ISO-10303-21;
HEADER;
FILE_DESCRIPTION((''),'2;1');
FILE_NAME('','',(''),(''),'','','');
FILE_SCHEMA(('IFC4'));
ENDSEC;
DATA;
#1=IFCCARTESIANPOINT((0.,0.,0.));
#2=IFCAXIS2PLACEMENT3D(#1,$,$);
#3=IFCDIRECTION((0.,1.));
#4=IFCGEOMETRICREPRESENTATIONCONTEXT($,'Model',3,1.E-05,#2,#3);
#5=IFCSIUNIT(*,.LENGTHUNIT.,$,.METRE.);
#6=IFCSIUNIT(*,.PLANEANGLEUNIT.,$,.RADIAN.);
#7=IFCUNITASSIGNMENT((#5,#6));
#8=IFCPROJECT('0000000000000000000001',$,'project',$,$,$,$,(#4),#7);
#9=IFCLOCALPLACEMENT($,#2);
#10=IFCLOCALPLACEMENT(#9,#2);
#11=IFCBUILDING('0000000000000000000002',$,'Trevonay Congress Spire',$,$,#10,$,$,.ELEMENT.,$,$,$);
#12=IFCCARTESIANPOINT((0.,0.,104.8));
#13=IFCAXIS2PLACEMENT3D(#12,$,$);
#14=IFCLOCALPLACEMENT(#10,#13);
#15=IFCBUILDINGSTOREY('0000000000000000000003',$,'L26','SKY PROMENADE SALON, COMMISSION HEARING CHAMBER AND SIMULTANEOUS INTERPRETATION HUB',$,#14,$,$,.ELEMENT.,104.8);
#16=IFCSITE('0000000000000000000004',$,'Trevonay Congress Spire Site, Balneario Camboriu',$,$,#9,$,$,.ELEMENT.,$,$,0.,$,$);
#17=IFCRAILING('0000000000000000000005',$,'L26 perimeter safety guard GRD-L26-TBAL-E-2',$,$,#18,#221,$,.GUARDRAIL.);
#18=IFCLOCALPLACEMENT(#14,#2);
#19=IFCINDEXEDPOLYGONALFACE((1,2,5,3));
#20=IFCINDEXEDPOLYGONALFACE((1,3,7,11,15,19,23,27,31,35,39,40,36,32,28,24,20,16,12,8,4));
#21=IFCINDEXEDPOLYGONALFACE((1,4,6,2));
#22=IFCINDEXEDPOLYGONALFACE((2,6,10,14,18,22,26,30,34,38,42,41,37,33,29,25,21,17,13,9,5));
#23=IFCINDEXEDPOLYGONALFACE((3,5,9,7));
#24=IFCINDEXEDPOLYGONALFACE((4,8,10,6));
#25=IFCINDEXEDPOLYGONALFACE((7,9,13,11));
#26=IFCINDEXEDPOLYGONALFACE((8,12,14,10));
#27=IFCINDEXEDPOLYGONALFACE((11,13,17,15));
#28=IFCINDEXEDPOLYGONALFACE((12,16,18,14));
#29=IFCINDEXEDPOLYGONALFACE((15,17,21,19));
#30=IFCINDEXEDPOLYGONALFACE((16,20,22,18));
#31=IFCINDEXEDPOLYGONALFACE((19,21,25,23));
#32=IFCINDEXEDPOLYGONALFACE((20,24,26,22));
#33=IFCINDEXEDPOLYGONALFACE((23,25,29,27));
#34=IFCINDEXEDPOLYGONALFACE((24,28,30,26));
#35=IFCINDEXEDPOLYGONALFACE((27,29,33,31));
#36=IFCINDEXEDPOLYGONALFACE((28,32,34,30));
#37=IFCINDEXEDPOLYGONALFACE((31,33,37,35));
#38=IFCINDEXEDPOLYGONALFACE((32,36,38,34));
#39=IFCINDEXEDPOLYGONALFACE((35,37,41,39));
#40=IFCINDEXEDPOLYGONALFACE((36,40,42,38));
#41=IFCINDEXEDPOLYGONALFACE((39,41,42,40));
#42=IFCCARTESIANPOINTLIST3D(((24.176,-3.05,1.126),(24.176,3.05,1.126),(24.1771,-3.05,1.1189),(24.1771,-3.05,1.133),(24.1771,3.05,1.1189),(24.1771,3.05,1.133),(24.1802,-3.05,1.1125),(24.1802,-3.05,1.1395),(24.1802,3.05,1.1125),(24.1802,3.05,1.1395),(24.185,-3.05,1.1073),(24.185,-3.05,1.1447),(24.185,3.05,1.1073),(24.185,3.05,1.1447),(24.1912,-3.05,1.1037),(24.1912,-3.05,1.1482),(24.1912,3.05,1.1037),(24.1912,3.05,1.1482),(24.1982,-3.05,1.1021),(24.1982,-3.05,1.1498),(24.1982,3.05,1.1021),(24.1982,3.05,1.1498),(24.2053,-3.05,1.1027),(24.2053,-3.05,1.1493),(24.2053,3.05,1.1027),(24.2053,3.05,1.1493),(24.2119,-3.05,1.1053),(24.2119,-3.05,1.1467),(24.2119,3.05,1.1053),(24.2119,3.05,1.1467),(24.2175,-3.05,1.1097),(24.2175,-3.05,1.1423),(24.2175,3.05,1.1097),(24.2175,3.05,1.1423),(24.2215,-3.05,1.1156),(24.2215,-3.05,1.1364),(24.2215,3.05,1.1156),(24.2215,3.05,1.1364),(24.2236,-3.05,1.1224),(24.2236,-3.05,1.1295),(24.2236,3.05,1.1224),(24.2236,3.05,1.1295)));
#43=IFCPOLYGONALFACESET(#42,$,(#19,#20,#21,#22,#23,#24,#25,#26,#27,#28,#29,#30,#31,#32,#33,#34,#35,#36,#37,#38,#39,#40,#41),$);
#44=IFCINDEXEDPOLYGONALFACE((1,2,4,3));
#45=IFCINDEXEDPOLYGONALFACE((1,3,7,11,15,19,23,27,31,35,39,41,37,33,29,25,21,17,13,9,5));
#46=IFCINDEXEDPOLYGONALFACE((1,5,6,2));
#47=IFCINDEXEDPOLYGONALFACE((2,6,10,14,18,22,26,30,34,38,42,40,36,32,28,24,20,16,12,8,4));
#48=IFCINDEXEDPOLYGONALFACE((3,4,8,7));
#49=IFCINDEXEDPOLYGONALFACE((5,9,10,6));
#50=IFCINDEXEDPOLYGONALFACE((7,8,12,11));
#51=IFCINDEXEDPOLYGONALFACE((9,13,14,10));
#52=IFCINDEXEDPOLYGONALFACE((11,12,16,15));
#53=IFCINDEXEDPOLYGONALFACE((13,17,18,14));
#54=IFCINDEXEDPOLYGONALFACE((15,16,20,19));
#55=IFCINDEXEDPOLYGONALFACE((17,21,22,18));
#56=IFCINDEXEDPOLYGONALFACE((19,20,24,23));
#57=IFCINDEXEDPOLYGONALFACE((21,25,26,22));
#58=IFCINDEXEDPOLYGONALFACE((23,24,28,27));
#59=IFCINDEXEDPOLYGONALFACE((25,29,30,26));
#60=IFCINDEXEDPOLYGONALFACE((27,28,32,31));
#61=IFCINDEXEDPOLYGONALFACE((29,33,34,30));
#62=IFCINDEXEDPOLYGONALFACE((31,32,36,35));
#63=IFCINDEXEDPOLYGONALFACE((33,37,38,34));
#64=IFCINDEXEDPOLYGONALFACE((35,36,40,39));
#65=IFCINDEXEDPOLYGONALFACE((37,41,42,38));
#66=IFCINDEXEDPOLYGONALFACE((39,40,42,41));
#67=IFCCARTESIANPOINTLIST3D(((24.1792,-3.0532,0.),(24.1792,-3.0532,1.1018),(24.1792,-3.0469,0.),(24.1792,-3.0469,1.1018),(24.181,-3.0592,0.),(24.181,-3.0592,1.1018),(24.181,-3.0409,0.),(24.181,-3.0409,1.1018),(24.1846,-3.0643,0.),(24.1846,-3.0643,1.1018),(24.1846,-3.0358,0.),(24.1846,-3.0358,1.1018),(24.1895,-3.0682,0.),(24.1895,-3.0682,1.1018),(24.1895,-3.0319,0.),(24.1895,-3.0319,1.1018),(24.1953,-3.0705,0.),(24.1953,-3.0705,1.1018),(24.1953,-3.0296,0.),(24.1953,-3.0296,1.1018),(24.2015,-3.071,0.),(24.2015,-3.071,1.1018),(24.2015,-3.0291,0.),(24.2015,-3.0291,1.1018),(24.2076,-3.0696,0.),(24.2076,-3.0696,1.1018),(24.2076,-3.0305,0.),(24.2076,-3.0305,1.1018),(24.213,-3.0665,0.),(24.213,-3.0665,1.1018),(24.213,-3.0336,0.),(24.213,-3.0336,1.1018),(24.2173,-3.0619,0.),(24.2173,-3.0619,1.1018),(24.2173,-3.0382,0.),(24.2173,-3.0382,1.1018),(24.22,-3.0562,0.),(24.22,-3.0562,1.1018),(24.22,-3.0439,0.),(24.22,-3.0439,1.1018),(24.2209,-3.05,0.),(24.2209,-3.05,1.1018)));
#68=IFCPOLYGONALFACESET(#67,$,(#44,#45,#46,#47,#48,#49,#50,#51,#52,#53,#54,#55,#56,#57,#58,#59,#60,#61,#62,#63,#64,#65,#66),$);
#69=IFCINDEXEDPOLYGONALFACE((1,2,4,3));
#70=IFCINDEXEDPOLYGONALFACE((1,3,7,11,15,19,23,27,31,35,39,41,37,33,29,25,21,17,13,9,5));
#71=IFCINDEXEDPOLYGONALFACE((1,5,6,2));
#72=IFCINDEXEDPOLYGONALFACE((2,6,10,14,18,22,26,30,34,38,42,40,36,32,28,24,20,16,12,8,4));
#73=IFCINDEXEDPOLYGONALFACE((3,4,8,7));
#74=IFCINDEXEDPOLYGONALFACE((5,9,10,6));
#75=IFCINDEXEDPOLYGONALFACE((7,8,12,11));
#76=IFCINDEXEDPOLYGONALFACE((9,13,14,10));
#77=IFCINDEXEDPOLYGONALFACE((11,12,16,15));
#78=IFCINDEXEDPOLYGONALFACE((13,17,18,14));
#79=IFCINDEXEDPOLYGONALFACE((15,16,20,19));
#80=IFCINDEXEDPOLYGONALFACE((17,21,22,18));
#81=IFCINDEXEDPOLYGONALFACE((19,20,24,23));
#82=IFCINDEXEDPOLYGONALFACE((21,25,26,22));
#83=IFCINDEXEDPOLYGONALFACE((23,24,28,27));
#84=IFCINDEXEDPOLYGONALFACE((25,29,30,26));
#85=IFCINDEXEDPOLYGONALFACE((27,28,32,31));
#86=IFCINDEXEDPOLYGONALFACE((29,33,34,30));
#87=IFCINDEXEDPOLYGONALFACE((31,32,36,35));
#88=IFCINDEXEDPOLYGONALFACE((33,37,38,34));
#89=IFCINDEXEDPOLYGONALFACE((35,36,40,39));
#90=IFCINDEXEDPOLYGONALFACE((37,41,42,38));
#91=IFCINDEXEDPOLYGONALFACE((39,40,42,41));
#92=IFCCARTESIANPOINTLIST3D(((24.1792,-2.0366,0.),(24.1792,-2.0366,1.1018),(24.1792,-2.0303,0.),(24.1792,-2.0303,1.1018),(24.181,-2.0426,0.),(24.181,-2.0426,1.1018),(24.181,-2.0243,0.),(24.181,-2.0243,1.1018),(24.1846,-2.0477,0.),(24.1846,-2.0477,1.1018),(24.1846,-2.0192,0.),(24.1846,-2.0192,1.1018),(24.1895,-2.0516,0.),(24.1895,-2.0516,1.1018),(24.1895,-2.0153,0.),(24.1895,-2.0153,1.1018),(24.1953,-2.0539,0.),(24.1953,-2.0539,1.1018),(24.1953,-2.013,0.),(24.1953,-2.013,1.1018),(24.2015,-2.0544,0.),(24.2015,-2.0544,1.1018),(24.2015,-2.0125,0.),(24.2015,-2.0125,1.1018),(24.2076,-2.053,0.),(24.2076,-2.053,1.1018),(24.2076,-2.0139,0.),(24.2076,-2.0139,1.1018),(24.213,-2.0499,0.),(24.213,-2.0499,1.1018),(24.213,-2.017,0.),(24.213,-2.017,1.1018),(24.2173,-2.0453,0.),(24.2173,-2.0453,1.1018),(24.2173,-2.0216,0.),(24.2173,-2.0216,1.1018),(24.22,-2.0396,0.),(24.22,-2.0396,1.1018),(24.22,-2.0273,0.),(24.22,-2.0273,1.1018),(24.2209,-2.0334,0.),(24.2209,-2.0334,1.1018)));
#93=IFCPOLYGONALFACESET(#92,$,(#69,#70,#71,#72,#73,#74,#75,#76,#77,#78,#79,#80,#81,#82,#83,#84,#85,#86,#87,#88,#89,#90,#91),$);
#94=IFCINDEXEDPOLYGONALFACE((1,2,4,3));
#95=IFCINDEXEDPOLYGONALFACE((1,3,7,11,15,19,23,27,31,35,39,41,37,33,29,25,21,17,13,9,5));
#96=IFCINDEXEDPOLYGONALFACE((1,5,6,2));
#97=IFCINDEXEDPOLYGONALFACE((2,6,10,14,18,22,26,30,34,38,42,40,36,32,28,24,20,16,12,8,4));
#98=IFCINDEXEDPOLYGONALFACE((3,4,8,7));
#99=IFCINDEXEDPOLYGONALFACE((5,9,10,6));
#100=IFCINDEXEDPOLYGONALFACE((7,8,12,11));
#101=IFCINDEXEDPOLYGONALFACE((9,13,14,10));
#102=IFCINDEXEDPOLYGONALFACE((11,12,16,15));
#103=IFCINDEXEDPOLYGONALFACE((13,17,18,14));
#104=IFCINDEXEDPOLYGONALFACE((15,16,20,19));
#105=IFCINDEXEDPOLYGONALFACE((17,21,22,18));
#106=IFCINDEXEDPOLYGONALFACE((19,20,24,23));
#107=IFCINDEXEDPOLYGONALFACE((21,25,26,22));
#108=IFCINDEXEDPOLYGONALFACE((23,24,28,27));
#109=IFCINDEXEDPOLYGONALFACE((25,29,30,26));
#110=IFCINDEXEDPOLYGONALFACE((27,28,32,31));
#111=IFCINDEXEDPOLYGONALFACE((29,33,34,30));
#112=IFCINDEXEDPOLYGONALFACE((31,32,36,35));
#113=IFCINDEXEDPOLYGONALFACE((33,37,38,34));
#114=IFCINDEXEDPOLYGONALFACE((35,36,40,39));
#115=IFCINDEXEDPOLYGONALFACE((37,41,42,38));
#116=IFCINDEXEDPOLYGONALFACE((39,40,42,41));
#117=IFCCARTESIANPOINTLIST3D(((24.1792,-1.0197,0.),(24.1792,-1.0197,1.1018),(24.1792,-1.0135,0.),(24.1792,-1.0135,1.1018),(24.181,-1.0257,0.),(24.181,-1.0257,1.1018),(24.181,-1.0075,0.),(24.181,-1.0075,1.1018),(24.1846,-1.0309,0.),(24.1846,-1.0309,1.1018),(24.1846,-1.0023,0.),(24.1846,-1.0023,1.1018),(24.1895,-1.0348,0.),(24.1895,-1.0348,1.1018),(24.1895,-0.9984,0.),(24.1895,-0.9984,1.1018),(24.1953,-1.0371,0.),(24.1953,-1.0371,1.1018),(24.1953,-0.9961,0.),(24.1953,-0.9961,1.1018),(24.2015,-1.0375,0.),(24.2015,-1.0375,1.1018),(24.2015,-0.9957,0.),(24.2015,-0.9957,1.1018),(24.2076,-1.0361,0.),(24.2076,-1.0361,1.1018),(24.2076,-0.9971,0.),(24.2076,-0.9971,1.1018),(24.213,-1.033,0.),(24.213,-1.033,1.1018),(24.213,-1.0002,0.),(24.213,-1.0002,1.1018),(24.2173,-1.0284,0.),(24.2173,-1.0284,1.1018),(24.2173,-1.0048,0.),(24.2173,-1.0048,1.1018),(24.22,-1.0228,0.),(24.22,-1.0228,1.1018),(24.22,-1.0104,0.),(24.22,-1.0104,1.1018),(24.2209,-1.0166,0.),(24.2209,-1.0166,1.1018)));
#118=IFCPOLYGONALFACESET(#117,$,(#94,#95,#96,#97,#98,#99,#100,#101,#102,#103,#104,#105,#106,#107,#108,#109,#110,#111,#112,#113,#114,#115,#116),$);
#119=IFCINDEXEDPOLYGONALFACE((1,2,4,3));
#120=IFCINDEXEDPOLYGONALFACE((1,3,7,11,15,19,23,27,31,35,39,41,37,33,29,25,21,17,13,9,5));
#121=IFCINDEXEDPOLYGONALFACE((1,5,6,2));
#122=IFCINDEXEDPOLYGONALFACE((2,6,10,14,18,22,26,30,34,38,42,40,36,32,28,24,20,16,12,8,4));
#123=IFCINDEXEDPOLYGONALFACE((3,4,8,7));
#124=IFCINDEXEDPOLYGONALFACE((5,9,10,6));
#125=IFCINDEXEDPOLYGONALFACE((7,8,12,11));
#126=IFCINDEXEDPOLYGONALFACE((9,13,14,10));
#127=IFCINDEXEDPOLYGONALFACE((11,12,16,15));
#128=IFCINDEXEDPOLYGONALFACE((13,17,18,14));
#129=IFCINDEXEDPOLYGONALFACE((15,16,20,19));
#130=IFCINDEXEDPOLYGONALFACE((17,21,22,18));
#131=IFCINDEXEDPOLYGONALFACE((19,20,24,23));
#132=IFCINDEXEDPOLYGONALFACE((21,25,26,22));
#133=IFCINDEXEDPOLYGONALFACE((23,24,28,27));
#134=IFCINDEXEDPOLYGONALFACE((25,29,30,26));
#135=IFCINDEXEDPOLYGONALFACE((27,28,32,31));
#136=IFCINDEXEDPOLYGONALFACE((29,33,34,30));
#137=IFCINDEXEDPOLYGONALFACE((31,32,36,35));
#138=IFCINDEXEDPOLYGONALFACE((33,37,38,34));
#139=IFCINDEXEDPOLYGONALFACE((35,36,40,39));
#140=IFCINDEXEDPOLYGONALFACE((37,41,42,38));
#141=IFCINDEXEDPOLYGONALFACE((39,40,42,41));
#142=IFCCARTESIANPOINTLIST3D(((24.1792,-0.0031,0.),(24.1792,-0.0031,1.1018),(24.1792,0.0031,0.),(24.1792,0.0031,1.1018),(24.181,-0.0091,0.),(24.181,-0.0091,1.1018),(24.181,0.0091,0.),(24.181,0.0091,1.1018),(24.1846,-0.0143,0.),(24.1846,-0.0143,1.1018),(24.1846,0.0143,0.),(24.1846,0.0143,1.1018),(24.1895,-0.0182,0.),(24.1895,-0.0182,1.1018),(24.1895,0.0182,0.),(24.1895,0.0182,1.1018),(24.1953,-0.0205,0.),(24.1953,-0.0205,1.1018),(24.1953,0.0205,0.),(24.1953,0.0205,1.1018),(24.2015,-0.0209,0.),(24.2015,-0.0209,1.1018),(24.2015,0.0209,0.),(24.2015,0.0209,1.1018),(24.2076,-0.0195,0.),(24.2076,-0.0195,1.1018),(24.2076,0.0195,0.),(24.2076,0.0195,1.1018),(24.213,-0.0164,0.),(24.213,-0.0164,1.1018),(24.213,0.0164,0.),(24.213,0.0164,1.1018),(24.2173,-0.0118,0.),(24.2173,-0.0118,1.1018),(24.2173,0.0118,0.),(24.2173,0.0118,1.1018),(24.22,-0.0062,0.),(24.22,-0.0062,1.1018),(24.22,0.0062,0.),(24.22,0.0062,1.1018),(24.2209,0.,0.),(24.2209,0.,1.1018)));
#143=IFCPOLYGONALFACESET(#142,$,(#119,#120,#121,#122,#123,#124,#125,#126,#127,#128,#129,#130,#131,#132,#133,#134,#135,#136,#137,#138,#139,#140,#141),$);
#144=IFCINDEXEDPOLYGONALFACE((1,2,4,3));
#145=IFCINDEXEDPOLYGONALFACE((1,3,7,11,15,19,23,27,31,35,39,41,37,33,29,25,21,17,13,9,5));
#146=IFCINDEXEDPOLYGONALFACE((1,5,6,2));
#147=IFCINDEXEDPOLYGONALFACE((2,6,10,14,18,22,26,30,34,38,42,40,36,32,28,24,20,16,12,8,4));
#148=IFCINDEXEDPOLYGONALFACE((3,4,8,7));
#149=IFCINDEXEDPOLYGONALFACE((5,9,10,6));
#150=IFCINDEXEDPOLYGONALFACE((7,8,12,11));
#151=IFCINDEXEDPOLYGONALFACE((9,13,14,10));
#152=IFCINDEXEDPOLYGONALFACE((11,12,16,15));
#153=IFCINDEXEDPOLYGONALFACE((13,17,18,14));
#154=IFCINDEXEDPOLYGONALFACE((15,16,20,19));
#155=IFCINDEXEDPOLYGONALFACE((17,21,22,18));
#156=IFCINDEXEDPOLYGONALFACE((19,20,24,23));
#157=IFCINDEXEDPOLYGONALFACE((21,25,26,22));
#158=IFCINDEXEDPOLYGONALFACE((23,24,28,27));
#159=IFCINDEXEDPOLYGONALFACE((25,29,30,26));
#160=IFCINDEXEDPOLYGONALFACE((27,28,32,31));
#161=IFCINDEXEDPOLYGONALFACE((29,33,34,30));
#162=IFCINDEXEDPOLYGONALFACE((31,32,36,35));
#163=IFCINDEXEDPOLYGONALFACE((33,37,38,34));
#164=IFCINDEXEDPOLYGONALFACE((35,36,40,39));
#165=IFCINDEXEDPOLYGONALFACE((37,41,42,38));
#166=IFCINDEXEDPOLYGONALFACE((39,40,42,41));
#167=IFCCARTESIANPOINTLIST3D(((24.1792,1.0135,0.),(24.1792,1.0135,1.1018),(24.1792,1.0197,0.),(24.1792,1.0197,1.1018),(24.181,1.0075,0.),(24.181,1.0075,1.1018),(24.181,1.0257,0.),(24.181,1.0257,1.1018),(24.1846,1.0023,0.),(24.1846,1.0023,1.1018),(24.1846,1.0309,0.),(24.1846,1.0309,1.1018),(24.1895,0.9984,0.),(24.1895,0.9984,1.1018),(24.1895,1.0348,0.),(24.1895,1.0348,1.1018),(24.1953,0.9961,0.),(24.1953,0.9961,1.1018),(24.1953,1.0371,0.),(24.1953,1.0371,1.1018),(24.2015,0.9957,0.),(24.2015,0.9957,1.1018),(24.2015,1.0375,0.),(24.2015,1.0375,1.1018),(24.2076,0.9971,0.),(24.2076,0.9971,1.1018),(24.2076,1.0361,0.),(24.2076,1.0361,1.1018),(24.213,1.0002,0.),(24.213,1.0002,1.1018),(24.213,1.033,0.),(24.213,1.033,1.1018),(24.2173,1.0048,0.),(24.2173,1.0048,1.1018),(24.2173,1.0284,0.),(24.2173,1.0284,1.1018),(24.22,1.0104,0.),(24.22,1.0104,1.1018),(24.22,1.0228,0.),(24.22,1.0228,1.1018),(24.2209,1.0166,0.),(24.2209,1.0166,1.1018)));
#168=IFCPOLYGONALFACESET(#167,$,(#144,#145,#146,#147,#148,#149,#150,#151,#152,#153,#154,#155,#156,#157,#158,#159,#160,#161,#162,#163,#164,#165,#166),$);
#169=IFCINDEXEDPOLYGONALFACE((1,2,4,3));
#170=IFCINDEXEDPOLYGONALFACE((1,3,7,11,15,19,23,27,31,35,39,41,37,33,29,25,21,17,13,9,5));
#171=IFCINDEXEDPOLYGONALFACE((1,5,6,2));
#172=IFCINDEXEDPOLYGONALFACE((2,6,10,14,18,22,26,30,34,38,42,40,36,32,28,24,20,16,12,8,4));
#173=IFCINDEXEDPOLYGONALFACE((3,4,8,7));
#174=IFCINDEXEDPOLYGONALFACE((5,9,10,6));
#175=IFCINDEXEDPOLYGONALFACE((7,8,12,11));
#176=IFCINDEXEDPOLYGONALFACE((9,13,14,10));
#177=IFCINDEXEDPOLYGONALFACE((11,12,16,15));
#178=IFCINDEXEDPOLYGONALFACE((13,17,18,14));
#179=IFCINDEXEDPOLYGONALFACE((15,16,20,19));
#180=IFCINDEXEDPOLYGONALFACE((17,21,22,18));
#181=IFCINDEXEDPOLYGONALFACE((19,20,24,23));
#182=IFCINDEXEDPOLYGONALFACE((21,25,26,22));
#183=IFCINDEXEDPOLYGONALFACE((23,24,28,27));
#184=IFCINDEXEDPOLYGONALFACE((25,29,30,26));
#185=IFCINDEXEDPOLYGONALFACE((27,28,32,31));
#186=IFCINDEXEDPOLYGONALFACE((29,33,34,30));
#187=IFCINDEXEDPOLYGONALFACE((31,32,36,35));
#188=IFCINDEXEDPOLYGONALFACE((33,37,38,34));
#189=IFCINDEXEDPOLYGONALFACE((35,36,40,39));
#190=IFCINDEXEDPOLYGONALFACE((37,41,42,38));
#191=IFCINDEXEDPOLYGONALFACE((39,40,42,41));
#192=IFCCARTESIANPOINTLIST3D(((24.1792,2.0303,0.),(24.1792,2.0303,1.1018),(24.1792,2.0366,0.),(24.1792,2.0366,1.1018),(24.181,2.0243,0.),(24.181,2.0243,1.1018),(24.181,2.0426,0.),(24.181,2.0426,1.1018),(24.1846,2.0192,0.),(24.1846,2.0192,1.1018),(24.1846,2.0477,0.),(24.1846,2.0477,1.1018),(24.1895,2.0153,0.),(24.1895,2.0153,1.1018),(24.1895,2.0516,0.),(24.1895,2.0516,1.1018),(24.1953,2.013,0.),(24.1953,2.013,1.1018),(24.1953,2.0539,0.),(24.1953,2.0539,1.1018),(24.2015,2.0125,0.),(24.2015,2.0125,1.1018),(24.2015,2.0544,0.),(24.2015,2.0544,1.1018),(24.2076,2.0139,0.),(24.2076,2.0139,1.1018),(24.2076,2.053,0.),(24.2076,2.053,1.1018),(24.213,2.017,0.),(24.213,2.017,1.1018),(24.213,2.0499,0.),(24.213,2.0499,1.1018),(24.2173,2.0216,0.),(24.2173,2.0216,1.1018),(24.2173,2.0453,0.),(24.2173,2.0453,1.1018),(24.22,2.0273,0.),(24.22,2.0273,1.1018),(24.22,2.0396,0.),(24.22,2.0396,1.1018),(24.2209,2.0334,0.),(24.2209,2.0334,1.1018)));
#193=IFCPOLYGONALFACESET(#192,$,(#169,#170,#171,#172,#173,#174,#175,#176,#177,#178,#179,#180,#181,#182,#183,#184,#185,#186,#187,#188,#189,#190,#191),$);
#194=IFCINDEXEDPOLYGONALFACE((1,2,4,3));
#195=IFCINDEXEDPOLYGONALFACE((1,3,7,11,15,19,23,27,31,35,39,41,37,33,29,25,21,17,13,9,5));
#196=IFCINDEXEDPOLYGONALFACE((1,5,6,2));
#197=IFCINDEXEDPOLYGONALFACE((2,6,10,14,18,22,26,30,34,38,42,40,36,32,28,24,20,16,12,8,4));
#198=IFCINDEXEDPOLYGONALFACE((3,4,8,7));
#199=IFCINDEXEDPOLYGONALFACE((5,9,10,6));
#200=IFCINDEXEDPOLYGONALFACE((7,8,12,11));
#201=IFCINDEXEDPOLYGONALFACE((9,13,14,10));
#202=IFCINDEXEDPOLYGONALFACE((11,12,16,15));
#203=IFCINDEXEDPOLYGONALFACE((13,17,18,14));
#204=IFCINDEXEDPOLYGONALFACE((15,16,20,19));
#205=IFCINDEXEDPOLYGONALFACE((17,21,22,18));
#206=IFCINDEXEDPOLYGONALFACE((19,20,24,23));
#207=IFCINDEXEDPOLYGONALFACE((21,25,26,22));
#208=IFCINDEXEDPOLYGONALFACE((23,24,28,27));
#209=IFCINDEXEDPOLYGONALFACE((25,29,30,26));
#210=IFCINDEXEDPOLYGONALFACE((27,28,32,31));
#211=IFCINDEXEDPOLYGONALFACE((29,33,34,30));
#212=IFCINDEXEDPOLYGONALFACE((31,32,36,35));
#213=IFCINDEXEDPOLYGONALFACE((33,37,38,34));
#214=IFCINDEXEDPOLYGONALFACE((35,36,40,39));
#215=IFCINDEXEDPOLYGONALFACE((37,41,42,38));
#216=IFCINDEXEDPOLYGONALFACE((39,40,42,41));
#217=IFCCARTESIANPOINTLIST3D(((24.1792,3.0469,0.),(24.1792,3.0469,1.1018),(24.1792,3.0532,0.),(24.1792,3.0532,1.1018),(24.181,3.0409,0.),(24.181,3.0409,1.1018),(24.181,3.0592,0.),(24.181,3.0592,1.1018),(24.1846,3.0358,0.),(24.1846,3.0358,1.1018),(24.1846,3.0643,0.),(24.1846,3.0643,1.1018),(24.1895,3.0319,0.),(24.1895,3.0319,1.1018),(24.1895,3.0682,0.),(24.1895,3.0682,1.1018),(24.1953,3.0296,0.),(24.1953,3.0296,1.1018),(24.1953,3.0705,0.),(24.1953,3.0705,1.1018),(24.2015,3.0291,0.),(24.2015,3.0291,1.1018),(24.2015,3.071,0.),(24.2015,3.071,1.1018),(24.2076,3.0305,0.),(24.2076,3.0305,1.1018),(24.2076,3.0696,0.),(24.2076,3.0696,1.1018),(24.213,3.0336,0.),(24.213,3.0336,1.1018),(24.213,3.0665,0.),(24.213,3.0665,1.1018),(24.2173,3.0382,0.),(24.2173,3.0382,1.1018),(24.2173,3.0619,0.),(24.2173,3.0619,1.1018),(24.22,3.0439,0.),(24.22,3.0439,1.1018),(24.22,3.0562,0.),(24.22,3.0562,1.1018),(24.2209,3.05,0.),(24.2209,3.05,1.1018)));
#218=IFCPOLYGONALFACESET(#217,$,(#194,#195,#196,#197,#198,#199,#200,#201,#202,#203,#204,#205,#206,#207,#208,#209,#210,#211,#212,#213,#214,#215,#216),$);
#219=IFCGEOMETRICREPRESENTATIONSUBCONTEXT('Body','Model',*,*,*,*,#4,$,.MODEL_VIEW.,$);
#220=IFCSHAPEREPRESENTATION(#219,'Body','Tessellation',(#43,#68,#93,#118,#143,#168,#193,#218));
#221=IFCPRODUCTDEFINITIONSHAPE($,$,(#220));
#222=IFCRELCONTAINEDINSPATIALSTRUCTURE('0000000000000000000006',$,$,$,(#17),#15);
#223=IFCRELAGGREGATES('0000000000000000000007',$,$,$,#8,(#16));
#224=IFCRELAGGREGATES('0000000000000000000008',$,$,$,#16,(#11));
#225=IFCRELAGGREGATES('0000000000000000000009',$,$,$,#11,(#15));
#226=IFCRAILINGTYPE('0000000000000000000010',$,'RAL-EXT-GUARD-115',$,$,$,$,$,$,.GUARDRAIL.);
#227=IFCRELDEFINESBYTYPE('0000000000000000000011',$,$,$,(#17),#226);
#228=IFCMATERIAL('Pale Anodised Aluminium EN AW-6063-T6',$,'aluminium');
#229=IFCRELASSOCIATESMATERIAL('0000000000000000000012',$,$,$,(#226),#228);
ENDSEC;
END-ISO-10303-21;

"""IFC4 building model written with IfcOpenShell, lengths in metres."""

from ifc_helpers import new_model, si_unit, direction, frame, origin, origin_2d, place, context, subcontext, project, spatial, circle, extrude, material, type_object, element, save


model = new_model("IFC4")

# Units and contexts
model_context = context("Model", 3, precision=1e-05, world=origin(), true_north=direction((0.0, 1.0)))
body_context = subcontext(model_context, "Body", "Model", "MODEL_VIEW")
ifc_project = project(units=[si_unit("LENGTHUNIT", "METRE"), si_unit("PLANEANGLEUNIT", "RADIAN")], contexts=[model_context])

# Site, building, storey
site_placement = place(None, origin())
site = spatial("IfcSite", under=ifc_project, at=site_placement, Name="Trevonay Congress Spire Site, Balneario Camboriu", CompositionType="ELEMENT", RefElevation=0.0)
building_placement = place(site_placement, origin())
building = spatial("IfcBuilding", under=site, at=building_placement, Name="Trevonay Congress Spire", CompositionType="ELEMENT")
storey_placement = place(building_placement, frame((0.0, 0.0, 104.8)))
storey = spatial("IfcBuildingStorey", under=building, at=storey_placement, Name="L26", Description="SKY PROMENADE SALON, COMMISSION HEARING CHAMBER AND SIMULTANEOUS INTERPRETATION HUB", CompositionType="ELEMENT", Elevation=104.8)

# Shared definitions
ifc_material_1 = material(Name="Pale Anodised Aluminium EN AW-6063-T6", Category="aluminium")

# Railing
railing_type = type_object("IfcRailingType", Name="RAL-EXT-GUARD-115", PredefinedType="GUARDRAIL", material=ifc_material_1)
railing_1_placement = place(storey_placement, frame((24.2, -3.05, 0.0)))
element("IfcRailing", 1, at=railing_1_placement, inside=storey, type_object=railing_type, Name="L26 perimeter safety guard GRD-L26-TBAL-E-2", PredefinedType="GUARDRAIL", context=body_context, shape_type="SweptSolid", body=[
    extrude(circle(Radius=0.0239, at=origin_2d()), frame((0.0, 0.0, 1.126), z_axis=(0.0, 1.0, 0.0), x_axis=(-1.0, 0.0, 0.0)), (0.0, 0.0, 1.0), 6.1001),
    extrude(circle(Radius=0.021, at=origin_2d()), origin(), (0.0, 0.0, 1.0), 1.1018),
    extrude(circle(Radius=0.021, at=origin_2d()), frame((0.0, 1.0166, 0.0)), (0.0, 0.0, 1.0), 1.1018),
    extrude(circle(Radius=0.021, at=origin_2d()), frame((0.0, 2.0334, 0.0)), (0.0, 0.0, 1.0), 1.1018),
    extrude(circle(Radius=0.021, at=origin_2d()), frame((0.0, 3.05, 0.0)), (0.0, 0.0, 1.0), 1.1018),
    extrude(circle(Radius=0.021, at=origin_2d()), frame((0.0, 4.0667, 0.0)), (0.0, 0.0, 1.0), 1.1018),
    extrude(circle(Radius=0.021, at=origin_2d()), frame((0.0, 5.0835, 0.0)), (0.0, 0.0, 1.0), 1.1018),
    extrude(circle(Radius=0.021, at=origin_2d()), frame((0.0, 6.1001, 0.0)), (0.0, 0.0, 1.0), 1.1018),
])

save(model, "model.ifc")
